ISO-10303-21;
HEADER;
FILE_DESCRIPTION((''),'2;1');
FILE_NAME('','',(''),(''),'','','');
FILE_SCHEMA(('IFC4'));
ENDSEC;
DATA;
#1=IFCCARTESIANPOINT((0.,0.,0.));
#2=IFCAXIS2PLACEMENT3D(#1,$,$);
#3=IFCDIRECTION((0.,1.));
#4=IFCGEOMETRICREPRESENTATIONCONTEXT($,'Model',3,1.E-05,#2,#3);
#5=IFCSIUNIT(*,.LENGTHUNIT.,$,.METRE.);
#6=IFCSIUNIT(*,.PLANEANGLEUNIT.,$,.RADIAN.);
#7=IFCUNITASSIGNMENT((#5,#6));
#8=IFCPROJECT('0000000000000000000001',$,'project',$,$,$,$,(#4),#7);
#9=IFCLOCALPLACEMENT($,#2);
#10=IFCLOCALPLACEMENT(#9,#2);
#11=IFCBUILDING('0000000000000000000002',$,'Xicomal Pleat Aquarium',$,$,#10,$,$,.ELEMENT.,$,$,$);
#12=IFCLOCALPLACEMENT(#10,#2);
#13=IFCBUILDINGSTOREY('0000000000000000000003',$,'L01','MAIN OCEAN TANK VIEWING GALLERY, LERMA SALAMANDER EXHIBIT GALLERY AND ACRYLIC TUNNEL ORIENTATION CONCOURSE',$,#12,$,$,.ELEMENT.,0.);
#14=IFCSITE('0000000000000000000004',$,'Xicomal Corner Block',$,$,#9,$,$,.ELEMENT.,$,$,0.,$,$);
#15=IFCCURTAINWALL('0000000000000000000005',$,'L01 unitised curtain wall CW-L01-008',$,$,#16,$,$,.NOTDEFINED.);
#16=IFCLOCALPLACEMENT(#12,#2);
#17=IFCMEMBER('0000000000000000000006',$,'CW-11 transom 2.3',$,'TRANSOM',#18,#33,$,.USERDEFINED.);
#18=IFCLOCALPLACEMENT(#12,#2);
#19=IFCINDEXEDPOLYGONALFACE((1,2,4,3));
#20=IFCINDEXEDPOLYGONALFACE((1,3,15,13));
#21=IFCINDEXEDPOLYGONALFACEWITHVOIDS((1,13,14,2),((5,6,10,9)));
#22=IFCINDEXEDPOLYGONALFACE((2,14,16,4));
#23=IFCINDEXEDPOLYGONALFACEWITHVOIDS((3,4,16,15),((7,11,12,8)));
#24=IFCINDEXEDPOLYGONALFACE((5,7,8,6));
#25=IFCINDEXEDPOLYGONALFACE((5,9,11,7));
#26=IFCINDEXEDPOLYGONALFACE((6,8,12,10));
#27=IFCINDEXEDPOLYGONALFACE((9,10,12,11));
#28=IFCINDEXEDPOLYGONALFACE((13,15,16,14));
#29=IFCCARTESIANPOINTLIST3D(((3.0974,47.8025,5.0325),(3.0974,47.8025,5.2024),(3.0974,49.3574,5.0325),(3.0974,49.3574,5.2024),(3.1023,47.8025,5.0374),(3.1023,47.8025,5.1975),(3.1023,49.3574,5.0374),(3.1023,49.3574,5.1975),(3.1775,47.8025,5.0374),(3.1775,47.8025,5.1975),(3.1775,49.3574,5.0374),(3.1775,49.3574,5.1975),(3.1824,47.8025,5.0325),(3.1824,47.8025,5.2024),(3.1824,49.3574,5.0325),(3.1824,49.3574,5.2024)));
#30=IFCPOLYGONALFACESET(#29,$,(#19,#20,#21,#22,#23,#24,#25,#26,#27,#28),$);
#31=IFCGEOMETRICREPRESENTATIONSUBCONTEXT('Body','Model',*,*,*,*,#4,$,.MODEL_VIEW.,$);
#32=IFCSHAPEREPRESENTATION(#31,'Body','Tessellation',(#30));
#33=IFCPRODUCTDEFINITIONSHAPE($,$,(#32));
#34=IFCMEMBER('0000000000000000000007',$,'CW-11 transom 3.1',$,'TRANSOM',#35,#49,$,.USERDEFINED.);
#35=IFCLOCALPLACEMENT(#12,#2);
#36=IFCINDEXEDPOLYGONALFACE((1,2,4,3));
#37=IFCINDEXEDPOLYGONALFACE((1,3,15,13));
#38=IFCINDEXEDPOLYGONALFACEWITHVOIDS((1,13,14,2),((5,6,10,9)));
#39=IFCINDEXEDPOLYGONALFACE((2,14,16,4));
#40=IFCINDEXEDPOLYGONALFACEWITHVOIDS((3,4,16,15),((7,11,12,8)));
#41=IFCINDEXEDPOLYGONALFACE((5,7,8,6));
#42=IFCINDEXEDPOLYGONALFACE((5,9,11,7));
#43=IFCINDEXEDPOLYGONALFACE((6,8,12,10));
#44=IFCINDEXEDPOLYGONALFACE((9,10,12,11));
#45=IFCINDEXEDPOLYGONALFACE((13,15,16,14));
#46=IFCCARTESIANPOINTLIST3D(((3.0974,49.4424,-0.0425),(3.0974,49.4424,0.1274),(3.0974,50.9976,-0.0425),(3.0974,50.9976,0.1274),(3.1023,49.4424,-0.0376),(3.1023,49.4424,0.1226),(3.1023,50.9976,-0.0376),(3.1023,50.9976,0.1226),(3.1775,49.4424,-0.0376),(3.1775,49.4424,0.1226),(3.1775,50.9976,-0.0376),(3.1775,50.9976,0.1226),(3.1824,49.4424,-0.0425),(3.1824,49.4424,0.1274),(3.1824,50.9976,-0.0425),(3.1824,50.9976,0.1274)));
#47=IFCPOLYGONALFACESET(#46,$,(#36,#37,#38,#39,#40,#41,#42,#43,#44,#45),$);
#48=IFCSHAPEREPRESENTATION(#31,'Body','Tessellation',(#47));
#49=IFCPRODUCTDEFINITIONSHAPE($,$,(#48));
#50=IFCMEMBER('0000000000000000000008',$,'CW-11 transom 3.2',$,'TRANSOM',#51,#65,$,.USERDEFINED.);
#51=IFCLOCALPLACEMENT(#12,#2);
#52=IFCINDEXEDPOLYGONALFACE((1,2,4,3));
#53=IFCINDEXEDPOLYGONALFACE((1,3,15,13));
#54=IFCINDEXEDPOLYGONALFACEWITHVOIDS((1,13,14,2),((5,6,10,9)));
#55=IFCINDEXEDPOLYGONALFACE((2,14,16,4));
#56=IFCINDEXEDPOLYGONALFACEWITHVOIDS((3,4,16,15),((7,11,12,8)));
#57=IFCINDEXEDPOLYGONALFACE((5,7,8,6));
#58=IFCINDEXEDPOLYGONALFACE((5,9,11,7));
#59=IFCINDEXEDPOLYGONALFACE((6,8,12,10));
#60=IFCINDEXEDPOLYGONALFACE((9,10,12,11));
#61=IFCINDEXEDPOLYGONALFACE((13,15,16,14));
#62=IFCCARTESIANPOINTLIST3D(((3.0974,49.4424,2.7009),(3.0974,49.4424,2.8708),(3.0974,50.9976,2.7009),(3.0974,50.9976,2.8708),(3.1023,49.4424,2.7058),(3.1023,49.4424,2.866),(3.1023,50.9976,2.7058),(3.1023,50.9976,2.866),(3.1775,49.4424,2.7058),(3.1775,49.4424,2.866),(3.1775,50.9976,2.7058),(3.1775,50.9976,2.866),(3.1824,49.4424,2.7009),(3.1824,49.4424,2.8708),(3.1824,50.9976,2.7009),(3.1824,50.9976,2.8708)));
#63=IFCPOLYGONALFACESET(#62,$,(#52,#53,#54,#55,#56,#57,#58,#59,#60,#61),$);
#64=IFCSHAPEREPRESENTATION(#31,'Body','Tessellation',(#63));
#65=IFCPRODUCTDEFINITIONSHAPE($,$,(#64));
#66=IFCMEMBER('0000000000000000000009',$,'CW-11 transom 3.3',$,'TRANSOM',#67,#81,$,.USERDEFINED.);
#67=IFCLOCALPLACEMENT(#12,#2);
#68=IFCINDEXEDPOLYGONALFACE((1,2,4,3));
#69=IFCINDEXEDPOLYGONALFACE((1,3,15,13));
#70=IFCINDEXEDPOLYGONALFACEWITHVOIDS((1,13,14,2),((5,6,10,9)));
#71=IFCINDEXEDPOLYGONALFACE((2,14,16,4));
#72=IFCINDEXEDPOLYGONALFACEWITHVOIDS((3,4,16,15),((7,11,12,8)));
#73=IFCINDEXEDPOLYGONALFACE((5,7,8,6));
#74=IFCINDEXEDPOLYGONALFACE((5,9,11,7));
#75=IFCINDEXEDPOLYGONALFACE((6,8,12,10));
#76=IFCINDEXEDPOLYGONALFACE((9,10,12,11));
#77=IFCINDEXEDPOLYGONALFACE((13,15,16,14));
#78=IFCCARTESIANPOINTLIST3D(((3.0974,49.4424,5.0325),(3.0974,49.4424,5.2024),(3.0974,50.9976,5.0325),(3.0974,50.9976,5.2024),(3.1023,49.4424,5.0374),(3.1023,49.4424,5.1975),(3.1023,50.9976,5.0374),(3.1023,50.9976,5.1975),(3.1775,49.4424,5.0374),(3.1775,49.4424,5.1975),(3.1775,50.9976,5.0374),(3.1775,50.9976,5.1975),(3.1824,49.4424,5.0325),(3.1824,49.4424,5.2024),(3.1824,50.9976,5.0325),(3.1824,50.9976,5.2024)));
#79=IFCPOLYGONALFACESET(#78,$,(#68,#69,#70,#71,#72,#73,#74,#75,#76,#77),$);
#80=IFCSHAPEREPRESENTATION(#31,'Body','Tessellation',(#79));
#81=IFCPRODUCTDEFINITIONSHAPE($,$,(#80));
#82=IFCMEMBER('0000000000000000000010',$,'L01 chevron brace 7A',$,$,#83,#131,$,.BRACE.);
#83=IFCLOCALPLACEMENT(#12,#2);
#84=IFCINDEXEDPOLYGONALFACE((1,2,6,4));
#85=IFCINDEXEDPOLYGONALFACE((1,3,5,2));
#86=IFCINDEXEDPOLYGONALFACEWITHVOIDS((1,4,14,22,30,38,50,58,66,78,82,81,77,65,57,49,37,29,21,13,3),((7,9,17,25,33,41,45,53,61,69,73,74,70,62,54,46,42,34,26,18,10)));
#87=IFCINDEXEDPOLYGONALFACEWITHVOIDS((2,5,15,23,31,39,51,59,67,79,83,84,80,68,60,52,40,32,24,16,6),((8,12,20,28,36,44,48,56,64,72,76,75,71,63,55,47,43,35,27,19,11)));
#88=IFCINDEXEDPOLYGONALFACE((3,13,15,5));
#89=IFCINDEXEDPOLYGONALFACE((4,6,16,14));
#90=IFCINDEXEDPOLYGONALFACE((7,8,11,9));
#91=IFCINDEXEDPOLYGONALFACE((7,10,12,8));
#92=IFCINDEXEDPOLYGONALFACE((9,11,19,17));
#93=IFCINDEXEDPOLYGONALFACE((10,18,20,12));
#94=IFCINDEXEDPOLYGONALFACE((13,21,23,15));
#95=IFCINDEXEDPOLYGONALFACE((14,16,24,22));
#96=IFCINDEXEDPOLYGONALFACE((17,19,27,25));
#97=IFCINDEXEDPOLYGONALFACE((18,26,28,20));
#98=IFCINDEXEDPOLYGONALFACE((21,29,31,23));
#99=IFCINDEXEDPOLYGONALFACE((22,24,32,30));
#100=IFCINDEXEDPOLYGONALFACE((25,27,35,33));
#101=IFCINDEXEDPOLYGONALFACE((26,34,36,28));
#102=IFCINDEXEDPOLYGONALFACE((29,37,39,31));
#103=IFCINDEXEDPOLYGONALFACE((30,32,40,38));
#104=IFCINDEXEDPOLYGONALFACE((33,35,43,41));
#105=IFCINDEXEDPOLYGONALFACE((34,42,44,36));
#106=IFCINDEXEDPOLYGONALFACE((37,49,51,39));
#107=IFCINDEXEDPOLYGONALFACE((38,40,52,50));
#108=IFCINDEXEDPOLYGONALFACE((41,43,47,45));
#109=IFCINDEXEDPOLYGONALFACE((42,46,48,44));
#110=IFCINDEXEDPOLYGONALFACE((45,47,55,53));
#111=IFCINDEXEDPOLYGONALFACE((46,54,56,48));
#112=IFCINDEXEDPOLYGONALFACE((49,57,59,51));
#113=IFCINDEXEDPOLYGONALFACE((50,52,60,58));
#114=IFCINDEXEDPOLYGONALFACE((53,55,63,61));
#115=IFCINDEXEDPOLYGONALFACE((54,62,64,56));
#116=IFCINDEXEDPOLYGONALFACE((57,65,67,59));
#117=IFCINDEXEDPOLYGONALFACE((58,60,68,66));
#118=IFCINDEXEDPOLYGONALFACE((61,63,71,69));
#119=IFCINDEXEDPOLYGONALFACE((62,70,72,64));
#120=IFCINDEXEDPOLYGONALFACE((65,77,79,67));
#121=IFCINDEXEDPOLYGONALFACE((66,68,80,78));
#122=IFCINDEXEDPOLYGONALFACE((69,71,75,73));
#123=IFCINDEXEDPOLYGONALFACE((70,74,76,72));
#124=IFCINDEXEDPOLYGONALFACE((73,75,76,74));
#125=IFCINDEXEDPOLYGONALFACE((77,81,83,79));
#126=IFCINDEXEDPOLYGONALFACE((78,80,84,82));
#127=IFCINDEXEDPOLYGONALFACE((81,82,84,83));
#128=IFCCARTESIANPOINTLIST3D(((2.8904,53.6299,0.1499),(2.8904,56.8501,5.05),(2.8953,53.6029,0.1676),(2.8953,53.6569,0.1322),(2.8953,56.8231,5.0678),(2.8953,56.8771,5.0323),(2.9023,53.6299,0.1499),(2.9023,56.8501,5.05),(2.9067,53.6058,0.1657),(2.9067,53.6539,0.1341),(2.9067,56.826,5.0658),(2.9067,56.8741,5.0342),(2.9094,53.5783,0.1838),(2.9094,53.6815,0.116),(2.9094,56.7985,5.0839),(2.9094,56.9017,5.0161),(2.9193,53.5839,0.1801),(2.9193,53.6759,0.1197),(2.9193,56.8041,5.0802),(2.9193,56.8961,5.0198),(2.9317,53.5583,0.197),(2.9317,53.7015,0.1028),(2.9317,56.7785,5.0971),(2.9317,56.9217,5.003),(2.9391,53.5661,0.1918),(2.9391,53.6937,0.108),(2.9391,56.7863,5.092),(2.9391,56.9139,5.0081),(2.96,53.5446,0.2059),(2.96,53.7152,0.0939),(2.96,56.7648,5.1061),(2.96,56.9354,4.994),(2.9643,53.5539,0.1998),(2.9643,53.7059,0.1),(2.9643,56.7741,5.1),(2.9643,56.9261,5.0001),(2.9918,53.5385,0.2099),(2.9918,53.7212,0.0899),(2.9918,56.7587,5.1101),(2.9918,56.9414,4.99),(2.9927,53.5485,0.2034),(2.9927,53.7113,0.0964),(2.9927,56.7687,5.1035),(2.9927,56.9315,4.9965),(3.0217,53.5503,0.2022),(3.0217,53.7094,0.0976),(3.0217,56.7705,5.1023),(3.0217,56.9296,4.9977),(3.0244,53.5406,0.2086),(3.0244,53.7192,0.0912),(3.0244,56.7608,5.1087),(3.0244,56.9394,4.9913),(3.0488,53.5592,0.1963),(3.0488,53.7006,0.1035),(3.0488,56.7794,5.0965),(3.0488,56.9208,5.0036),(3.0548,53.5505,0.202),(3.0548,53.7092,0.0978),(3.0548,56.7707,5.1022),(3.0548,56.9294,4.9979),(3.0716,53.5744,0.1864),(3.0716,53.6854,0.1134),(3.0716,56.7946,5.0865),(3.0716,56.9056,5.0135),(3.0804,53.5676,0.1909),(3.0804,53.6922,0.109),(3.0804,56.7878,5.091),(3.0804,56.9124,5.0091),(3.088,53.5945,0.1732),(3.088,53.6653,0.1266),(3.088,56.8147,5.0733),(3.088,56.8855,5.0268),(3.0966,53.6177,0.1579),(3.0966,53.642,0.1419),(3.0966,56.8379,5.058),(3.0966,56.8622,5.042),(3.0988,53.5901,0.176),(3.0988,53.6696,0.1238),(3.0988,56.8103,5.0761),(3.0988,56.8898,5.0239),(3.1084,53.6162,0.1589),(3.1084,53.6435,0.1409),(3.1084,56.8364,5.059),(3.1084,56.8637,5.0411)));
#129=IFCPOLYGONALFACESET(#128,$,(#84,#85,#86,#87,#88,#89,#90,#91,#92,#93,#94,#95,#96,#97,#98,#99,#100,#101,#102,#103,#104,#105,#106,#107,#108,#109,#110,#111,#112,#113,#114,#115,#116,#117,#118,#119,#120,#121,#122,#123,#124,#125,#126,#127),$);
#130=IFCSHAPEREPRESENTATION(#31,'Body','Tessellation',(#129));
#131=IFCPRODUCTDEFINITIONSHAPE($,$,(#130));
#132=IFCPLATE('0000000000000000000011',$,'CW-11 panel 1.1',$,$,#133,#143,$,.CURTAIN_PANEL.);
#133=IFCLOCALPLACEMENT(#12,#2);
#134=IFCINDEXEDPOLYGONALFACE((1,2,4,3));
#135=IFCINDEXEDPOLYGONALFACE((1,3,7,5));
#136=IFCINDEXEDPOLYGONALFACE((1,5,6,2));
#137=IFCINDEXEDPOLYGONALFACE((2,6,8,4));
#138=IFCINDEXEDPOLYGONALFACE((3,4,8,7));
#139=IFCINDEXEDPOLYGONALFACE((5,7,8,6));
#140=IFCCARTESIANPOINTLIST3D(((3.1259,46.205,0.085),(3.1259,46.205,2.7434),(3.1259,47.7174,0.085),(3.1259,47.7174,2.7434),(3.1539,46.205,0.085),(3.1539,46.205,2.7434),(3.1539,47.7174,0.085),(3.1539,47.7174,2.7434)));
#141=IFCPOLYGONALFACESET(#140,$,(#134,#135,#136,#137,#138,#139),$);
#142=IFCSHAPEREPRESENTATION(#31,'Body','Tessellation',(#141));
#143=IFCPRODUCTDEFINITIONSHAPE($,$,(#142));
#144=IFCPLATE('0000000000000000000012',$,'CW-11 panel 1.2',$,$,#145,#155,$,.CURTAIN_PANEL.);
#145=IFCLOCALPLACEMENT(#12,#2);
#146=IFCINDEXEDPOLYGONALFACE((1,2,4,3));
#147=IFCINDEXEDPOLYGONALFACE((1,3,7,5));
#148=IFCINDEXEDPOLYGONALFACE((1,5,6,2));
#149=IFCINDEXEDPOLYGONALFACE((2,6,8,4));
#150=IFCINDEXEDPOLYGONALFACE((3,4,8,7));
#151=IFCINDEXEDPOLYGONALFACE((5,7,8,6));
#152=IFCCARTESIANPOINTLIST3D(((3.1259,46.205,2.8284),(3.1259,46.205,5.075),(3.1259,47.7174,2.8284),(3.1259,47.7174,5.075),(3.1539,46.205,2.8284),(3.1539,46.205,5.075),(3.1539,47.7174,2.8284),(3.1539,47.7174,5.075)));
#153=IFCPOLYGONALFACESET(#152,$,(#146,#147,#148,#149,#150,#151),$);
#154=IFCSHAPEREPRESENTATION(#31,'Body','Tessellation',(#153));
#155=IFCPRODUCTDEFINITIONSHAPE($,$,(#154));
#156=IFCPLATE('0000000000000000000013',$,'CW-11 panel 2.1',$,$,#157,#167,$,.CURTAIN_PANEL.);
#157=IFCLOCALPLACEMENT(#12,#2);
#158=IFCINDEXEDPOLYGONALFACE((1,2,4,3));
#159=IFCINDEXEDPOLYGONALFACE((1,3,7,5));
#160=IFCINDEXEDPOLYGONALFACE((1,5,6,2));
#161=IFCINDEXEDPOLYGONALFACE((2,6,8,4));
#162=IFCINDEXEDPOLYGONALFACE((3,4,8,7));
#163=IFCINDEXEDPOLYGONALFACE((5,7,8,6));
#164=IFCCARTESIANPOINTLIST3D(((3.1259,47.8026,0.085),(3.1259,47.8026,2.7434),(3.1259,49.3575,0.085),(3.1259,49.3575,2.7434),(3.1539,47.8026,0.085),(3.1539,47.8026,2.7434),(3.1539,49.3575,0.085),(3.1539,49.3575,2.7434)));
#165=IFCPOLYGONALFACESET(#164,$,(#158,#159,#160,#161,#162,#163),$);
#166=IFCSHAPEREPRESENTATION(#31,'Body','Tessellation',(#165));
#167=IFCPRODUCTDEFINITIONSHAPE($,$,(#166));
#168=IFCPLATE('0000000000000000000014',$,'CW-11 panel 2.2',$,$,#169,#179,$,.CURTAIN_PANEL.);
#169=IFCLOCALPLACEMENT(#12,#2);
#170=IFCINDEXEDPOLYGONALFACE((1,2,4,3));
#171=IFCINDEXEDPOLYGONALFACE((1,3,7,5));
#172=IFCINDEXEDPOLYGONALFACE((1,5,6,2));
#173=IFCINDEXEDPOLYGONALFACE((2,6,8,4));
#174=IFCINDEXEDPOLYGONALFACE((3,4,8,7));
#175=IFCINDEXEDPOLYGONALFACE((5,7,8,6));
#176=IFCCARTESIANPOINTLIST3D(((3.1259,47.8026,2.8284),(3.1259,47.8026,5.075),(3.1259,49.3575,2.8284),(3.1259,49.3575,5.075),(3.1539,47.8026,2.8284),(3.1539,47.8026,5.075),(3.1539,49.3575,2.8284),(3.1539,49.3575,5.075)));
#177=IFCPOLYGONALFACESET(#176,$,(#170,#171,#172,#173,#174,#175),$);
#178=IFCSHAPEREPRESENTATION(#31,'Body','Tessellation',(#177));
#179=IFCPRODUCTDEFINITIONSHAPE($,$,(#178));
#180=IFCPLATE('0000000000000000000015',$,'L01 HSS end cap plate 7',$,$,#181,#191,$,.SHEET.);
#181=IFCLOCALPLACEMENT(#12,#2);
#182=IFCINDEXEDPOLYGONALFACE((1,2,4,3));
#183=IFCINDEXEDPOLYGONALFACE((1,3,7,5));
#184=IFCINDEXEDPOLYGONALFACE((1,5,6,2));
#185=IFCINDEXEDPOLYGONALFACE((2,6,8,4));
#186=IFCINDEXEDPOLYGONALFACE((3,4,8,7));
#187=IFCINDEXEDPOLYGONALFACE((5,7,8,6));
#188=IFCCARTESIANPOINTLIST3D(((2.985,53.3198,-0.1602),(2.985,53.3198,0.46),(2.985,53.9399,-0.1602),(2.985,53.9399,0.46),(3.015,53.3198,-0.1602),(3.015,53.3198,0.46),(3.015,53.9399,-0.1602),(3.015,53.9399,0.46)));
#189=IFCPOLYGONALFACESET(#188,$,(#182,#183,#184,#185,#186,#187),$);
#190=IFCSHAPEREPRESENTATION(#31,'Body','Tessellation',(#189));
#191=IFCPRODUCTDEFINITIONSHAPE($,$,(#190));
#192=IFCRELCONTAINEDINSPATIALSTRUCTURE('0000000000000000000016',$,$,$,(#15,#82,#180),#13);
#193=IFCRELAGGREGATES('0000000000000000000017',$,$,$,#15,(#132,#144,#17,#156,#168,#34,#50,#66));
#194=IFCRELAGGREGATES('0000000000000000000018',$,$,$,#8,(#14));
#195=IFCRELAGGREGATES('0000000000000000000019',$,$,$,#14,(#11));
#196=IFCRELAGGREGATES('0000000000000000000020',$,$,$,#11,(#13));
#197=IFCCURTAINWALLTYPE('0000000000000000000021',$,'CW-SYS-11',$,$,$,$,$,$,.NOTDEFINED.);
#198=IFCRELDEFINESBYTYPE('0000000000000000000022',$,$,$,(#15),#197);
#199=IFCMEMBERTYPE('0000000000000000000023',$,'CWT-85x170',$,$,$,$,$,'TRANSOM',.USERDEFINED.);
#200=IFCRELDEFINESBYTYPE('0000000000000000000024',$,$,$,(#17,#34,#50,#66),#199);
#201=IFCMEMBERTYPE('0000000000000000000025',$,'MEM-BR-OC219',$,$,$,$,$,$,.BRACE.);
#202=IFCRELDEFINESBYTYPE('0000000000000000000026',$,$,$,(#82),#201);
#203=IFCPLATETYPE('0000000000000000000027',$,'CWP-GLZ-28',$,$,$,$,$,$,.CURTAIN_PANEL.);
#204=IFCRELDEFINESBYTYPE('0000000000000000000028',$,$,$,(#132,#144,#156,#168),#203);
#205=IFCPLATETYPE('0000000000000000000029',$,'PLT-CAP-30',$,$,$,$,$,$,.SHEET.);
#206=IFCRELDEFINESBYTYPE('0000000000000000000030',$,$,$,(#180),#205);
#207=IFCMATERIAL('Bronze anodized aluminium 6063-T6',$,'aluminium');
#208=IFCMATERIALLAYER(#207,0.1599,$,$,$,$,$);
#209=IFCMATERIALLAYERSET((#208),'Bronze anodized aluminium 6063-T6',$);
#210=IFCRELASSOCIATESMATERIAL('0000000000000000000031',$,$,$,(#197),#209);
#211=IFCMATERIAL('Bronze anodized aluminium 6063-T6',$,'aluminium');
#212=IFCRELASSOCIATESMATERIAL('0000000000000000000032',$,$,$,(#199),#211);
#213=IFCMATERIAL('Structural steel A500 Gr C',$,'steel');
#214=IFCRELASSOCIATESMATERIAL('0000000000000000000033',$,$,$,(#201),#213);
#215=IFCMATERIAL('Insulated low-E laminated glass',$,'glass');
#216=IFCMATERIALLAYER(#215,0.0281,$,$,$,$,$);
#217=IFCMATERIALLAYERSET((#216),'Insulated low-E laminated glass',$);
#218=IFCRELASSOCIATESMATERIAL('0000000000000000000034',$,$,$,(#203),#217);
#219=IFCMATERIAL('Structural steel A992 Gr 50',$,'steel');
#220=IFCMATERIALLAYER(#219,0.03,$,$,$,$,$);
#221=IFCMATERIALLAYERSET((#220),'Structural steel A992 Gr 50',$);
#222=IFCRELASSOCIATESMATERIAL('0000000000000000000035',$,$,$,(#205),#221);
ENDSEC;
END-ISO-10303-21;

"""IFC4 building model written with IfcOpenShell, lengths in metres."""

from ifc_helpers import new_model, si_unit, direction, frame, origin, origin_2d, place, context, subcontext, project, spatial, rectangle, hollow_rectangle, hollow_circle, extrude, material, layer, layer_set, material_profile, profile_set, type_object, element, aggregate, save


model = new_model("IFC4")

# Units and contexts
model_context = context("Model", 3, precision=1e-05, world=origin(), true_north=direction((0.0, 1.0)))
body_context = subcontext(model_context, "Body", "Model", "MODEL_VIEW")
ifc_project = project(units=[si_unit("LENGTHUNIT", "METRE"), si_unit("PLANEANGLEUNIT", "RADIAN")], contexts=[model_context])

# Site, building, storey
site_placement = place(None, origin())
site = spatial("IfcSite", under=ifc_project, at=site_placement, Name="Xicomal Corner Block", CompositionType="ELEMENT", RefElevation=0.0)
building_placement = place(site_placement, origin())
building = spatial("IfcBuilding", under=site, at=building_placement, Name="Xicomal Pleat Aquarium", CompositionType="ELEMENT")
storey_placement = place(building_placement, origin())
storey = spatial("IfcBuildingStorey", under=building, at=storey_placement, Name="L01", Description="MAIN OCEAN TANK VIEWING GALLERY, LERMA SALAMANDER EXHIBIT GALLERY AND ACRYLIC TUNNEL ORIENTATION CONCOURSE", CompositionType="ELEMENT", Elevation=0.0)

# Curtain wall, members
ifc_material_1 = material(Name="Bronze anodized aluminium 6063-T6", Category="aluminium")
ifc_layer_1 = layer(ifc_material_1, 0.1599)
ifc_layer_set_1 = layer_set([ifc_layer_1], Name="Bronze anodized aluminium 6063-T6")
curtain_wall_type = type_object("IfcCurtainWallType", Name="CW-SYS-11", PredefinedType="NOTDEFINED", material=ifc_layer_set_1)
curtain_wall_placement = place(storey_placement, origin())
curtain_wall = element("IfcCurtainWall", 1, at=curtain_wall_placement, inside=storey, type_object=curtain_wall_type, Name="L01 unitised curtain wall CW-L01-008", PredefinedType="NOTDEFINED")
ifc_material_2 = material(Name="Bronze anodized aluminium 6063-T6", Category="aluminium")
ifc_material_profile_1 = material_profile(ifc_material_2, hollow_rectangle(XDim=0.085, YDim=0.1699, WallThickness=0.0049, at=origin_2d()), Name="ALU TRAN 85x170")
ifc_profile_set_1 = profile_set([ifc_material_profile_1], Name="Bronze anodized aluminium 6063-T6")
member_type_1 = type_object("IfcMemberType", Name="CWT-85x170", ElementType="TRANSOM", PredefinedType="USERDEFINED", material=ifc_profile_set_1)
member_1_placement = place(storey_placement, frame((3.1399, 47.8025, 5.1174), z_axis=(0.0, 1.0, 0.0), x_axis=(-1.0, 0.0, 0.0)))
member_1 = element("IfcMember", 2, at=member_1_placement, type_object=member_type_1, Name="CW-11 transom 2.3", ObjectType="TRANSOM", PredefinedType="USERDEFINED", context=body_context, shape_type="SweptSolid", body=[
    extrude(hollow_rectangle(XDim=0.085, YDim=0.1699, WallThickness=0.0049, at=origin_2d()), origin(), (0.0, 0.0, 1.0), 1.5549),
])
member_2_placement = place(storey_placement, frame((3.1399, 49.4424, 0.0425), z_axis=(0.0, 1.0, 0.0), x_axis=(-1.0, 0.0, 0.0)))
member_2 = element("IfcMember", 3, at=member_2_placement, type_object=member_type_1, Name="CW-11 transom 3.1", ObjectType="TRANSOM", PredefinedType="USERDEFINED", context=body_context, shape_type="SweptSolid", body=[
    extrude(hollow_rectangle(XDim=0.085, YDim=0.1699, WallThickness=0.0049, at=origin_2d()), origin(), (0.0, 0.0, 1.0), 1.5552),
])
member_3_placement = place(storey_placement, frame((3.1399, 49.4424, 2.7859), z_axis=(0.0, 1.0, 0.0), x_axis=(-1.0, 0.0, 0.0)))
member_3 = element("IfcMember", 4, at=member_3_placement, type_object=member_type_1, Name="CW-11 transom 3.2", ObjectType="TRANSOM", PredefinedType="USERDEFINED", context=body_context, shape_type="SweptSolid", body=[
    extrude(hollow_rectangle(XDim=0.085, YDim=0.1699, WallThickness=0.0049, at=origin_2d()), origin(), (0.0, 0.0, 1.0), 1.5552),
])
member_4_placement = place(storey_placement, frame((3.1399, 49.4424, 5.1174), z_axis=(0.0, 1.0, 0.0), x_axis=(-1.0, 0.0, 0.0)))
member_4 = element("IfcMember", 5, at=member_4_placement, type_object=member_type_1, Name="CW-11 transom 3.3", ObjectType="TRANSOM", PredefinedType="USERDEFINED", context=body_context, shape_type="SweptSolid", body=[
    extrude(hollow_rectangle(XDim=0.085, YDim=0.1699, WallThickness=0.0049, at=origin_2d()), origin(), (0.0, 0.0, 1.0), 1.5552),
])

# Member
ifc_material_3 = material(Name="Structural steel A500 Gr C", Category="steel")
ifc_material_profile_2 = material_profile(ifc_material_3, hollow_circle(Radius=0.1096, WallThickness=0.012, at=origin_2d()), Name="OC 219x12")
ifc_profile_set_2 = profile_set([ifc_material_profile_2], Name="Structural steel A500 Gr C")
member_type_2 = type_object("IfcMemberType", Name="MEM-BR-OC219", PredefinedType="BRACE", material=ifc_profile_set_2)
member_5_placement = place(storey_placement, frame((3.0, 53.6299, 0.1499), z_axis=(0.0, 0.549192, 0.835696), x_axis=(-1.0, 0.0, 0.0)))
element("IfcMember", 6, at=member_5_placement, inside=storey, type_object=member_type_2, Name="L01 chevron brace 7A", PredefinedType="BRACE", context=body_context, shape_type="SweptSolid", body=[
    extrude(hollow_circle(Radius=0.1096, WallThickness=0.012, at=origin_2d()), origin(), (0.0, 0.0, 1.0), 5.8635),
])

# Plates
ifc_material_4 = material(Name="Insulated low-E laminated glass", Category="glass")
ifc_layer_2 = layer(ifc_material_4, 0.0281)
ifc_layer_set_2 = layer_set([ifc_layer_2], Name="Insulated low-E laminated glass")
plate_type_1 = type_object("IfcPlateType", Name="CWP-GLZ-28", PredefinedType="CURTAIN_PANEL", material=ifc_layer_set_2)
plate_1_placement = place(storey_placement, frame((3.1399, 46.9612, 0.085), z_axis=(0.0, 0.0, 1.0), x_axis=(0.0, 1.0, 0.0)))
plate_1 = element("IfcPlate", 7, at=plate_1_placement, type_object=plate_type_1, Name="CW-11 panel 1.1", PredefinedType="CURTAIN_PANEL", context=body_context, shape_type="SweptSolid", body=[
    extrude(rectangle(XDim=1.5125, YDim=0.0281, at=origin_2d()), origin(), (0.0, 0.0, 1.0), 2.6584),
])
plate_2_placement = place(storey_placement, frame((3.1399, 46.9612, 2.8284), z_axis=(0.0, 0.0, 1.0), x_axis=(0.0, 1.0, 0.0)))
plate_2 = element("IfcPlate", 8, at=plate_2_placement, type_object=plate_type_1, Name="CW-11 panel 1.2", PredefinedType="CURTAIN_PANEL", context=body_context, shape_type="SweptSolid", body=[
    extrude(rectangle(XDim=1.5125, YDim=0.0281, at=origin_2d()), origin(), (0.0, 0.0, 1.0), 2.2466),
])
plate_3_placement = place(storey_placement, frame((3.1399, 48.5801, 0.085), z_axis=(0.0, 0.0, 1.0), x_axis=(0.0, 1.0, 0.0)))
plate_3 = element("IfcPlate", 9, at=plate_3_placement, type_object=plate_type_1, Name="CW-11 panel 2.1", PredefinedType="CURTAIN_PANEL", context=body_context, shape_type="SweptSolid", body=[
    extrude(rectangle(XDim=1.5549, YDim=0.0281, at=origin_2d()), origin(), (0.0, 0.0, 1.0), 2.6584),
])
plate_4_placement = place(storey_placement, frame((3.1399, 48.5801, 2.8284), z_axis=(0.0, 0.0, 1.0), x_axis=(0.0, 1.0, 0.0)))
plate_4 = element("IfcPlate", 10, at=plate_4_placement, type_object=plate_type_1, Name="CW-11 panel 2.2", PredefinedType="CURTAIN_PANEL", context=body_context, shape_type="SweptSolid", body=[
    extrude(rectangle(XDim=1.5549, YDim=0.0281, at=origin_2d()), origin(), (0.0, 0.0, 1.0), 2.2466),
])
aggregate(curtain_wall, [plate_1, plate_2, member_1, plate_3, plate_4, member_2, member_3, member_4])

# Plate
ifc_material_5 = material(Name="Structural steel A992 Gr 50", Category="steel")
ifc_layer_3 = layer(ifc_material_5, 0.03)
ifc_layer_set_3 = layer_set([ifc_layer_3], Name="Structural steel A992 Gr 50")
plate_type_2 = type_object("IfcPlateType", Name="PLT-CAP-30", PredefinedType="SHEET", material=ifc_layer_set_3)
plate_5_placement = place(storey_placement, frame((3.0, 53.6299, -0.1602), z_axis=(0.0, 0.0, 1.0), x_axis=(0.0, 1.0, 0.0)))
element("IfcPlate", 11, at=plate_5_placement, inside=storey, type_object=plate_type_2, Name="L01 HSS end cap plate 7", PredefinedType="SHEET", context=body_context, shape_type="SweptSolid", body=[
    extrude(rectangle(XDim=0.6201, YDim=0.03, at=origin_2d()), origin(), (0.0, 0.0, 1.0), 0.6201),
])

save(model, "model.ifc")
